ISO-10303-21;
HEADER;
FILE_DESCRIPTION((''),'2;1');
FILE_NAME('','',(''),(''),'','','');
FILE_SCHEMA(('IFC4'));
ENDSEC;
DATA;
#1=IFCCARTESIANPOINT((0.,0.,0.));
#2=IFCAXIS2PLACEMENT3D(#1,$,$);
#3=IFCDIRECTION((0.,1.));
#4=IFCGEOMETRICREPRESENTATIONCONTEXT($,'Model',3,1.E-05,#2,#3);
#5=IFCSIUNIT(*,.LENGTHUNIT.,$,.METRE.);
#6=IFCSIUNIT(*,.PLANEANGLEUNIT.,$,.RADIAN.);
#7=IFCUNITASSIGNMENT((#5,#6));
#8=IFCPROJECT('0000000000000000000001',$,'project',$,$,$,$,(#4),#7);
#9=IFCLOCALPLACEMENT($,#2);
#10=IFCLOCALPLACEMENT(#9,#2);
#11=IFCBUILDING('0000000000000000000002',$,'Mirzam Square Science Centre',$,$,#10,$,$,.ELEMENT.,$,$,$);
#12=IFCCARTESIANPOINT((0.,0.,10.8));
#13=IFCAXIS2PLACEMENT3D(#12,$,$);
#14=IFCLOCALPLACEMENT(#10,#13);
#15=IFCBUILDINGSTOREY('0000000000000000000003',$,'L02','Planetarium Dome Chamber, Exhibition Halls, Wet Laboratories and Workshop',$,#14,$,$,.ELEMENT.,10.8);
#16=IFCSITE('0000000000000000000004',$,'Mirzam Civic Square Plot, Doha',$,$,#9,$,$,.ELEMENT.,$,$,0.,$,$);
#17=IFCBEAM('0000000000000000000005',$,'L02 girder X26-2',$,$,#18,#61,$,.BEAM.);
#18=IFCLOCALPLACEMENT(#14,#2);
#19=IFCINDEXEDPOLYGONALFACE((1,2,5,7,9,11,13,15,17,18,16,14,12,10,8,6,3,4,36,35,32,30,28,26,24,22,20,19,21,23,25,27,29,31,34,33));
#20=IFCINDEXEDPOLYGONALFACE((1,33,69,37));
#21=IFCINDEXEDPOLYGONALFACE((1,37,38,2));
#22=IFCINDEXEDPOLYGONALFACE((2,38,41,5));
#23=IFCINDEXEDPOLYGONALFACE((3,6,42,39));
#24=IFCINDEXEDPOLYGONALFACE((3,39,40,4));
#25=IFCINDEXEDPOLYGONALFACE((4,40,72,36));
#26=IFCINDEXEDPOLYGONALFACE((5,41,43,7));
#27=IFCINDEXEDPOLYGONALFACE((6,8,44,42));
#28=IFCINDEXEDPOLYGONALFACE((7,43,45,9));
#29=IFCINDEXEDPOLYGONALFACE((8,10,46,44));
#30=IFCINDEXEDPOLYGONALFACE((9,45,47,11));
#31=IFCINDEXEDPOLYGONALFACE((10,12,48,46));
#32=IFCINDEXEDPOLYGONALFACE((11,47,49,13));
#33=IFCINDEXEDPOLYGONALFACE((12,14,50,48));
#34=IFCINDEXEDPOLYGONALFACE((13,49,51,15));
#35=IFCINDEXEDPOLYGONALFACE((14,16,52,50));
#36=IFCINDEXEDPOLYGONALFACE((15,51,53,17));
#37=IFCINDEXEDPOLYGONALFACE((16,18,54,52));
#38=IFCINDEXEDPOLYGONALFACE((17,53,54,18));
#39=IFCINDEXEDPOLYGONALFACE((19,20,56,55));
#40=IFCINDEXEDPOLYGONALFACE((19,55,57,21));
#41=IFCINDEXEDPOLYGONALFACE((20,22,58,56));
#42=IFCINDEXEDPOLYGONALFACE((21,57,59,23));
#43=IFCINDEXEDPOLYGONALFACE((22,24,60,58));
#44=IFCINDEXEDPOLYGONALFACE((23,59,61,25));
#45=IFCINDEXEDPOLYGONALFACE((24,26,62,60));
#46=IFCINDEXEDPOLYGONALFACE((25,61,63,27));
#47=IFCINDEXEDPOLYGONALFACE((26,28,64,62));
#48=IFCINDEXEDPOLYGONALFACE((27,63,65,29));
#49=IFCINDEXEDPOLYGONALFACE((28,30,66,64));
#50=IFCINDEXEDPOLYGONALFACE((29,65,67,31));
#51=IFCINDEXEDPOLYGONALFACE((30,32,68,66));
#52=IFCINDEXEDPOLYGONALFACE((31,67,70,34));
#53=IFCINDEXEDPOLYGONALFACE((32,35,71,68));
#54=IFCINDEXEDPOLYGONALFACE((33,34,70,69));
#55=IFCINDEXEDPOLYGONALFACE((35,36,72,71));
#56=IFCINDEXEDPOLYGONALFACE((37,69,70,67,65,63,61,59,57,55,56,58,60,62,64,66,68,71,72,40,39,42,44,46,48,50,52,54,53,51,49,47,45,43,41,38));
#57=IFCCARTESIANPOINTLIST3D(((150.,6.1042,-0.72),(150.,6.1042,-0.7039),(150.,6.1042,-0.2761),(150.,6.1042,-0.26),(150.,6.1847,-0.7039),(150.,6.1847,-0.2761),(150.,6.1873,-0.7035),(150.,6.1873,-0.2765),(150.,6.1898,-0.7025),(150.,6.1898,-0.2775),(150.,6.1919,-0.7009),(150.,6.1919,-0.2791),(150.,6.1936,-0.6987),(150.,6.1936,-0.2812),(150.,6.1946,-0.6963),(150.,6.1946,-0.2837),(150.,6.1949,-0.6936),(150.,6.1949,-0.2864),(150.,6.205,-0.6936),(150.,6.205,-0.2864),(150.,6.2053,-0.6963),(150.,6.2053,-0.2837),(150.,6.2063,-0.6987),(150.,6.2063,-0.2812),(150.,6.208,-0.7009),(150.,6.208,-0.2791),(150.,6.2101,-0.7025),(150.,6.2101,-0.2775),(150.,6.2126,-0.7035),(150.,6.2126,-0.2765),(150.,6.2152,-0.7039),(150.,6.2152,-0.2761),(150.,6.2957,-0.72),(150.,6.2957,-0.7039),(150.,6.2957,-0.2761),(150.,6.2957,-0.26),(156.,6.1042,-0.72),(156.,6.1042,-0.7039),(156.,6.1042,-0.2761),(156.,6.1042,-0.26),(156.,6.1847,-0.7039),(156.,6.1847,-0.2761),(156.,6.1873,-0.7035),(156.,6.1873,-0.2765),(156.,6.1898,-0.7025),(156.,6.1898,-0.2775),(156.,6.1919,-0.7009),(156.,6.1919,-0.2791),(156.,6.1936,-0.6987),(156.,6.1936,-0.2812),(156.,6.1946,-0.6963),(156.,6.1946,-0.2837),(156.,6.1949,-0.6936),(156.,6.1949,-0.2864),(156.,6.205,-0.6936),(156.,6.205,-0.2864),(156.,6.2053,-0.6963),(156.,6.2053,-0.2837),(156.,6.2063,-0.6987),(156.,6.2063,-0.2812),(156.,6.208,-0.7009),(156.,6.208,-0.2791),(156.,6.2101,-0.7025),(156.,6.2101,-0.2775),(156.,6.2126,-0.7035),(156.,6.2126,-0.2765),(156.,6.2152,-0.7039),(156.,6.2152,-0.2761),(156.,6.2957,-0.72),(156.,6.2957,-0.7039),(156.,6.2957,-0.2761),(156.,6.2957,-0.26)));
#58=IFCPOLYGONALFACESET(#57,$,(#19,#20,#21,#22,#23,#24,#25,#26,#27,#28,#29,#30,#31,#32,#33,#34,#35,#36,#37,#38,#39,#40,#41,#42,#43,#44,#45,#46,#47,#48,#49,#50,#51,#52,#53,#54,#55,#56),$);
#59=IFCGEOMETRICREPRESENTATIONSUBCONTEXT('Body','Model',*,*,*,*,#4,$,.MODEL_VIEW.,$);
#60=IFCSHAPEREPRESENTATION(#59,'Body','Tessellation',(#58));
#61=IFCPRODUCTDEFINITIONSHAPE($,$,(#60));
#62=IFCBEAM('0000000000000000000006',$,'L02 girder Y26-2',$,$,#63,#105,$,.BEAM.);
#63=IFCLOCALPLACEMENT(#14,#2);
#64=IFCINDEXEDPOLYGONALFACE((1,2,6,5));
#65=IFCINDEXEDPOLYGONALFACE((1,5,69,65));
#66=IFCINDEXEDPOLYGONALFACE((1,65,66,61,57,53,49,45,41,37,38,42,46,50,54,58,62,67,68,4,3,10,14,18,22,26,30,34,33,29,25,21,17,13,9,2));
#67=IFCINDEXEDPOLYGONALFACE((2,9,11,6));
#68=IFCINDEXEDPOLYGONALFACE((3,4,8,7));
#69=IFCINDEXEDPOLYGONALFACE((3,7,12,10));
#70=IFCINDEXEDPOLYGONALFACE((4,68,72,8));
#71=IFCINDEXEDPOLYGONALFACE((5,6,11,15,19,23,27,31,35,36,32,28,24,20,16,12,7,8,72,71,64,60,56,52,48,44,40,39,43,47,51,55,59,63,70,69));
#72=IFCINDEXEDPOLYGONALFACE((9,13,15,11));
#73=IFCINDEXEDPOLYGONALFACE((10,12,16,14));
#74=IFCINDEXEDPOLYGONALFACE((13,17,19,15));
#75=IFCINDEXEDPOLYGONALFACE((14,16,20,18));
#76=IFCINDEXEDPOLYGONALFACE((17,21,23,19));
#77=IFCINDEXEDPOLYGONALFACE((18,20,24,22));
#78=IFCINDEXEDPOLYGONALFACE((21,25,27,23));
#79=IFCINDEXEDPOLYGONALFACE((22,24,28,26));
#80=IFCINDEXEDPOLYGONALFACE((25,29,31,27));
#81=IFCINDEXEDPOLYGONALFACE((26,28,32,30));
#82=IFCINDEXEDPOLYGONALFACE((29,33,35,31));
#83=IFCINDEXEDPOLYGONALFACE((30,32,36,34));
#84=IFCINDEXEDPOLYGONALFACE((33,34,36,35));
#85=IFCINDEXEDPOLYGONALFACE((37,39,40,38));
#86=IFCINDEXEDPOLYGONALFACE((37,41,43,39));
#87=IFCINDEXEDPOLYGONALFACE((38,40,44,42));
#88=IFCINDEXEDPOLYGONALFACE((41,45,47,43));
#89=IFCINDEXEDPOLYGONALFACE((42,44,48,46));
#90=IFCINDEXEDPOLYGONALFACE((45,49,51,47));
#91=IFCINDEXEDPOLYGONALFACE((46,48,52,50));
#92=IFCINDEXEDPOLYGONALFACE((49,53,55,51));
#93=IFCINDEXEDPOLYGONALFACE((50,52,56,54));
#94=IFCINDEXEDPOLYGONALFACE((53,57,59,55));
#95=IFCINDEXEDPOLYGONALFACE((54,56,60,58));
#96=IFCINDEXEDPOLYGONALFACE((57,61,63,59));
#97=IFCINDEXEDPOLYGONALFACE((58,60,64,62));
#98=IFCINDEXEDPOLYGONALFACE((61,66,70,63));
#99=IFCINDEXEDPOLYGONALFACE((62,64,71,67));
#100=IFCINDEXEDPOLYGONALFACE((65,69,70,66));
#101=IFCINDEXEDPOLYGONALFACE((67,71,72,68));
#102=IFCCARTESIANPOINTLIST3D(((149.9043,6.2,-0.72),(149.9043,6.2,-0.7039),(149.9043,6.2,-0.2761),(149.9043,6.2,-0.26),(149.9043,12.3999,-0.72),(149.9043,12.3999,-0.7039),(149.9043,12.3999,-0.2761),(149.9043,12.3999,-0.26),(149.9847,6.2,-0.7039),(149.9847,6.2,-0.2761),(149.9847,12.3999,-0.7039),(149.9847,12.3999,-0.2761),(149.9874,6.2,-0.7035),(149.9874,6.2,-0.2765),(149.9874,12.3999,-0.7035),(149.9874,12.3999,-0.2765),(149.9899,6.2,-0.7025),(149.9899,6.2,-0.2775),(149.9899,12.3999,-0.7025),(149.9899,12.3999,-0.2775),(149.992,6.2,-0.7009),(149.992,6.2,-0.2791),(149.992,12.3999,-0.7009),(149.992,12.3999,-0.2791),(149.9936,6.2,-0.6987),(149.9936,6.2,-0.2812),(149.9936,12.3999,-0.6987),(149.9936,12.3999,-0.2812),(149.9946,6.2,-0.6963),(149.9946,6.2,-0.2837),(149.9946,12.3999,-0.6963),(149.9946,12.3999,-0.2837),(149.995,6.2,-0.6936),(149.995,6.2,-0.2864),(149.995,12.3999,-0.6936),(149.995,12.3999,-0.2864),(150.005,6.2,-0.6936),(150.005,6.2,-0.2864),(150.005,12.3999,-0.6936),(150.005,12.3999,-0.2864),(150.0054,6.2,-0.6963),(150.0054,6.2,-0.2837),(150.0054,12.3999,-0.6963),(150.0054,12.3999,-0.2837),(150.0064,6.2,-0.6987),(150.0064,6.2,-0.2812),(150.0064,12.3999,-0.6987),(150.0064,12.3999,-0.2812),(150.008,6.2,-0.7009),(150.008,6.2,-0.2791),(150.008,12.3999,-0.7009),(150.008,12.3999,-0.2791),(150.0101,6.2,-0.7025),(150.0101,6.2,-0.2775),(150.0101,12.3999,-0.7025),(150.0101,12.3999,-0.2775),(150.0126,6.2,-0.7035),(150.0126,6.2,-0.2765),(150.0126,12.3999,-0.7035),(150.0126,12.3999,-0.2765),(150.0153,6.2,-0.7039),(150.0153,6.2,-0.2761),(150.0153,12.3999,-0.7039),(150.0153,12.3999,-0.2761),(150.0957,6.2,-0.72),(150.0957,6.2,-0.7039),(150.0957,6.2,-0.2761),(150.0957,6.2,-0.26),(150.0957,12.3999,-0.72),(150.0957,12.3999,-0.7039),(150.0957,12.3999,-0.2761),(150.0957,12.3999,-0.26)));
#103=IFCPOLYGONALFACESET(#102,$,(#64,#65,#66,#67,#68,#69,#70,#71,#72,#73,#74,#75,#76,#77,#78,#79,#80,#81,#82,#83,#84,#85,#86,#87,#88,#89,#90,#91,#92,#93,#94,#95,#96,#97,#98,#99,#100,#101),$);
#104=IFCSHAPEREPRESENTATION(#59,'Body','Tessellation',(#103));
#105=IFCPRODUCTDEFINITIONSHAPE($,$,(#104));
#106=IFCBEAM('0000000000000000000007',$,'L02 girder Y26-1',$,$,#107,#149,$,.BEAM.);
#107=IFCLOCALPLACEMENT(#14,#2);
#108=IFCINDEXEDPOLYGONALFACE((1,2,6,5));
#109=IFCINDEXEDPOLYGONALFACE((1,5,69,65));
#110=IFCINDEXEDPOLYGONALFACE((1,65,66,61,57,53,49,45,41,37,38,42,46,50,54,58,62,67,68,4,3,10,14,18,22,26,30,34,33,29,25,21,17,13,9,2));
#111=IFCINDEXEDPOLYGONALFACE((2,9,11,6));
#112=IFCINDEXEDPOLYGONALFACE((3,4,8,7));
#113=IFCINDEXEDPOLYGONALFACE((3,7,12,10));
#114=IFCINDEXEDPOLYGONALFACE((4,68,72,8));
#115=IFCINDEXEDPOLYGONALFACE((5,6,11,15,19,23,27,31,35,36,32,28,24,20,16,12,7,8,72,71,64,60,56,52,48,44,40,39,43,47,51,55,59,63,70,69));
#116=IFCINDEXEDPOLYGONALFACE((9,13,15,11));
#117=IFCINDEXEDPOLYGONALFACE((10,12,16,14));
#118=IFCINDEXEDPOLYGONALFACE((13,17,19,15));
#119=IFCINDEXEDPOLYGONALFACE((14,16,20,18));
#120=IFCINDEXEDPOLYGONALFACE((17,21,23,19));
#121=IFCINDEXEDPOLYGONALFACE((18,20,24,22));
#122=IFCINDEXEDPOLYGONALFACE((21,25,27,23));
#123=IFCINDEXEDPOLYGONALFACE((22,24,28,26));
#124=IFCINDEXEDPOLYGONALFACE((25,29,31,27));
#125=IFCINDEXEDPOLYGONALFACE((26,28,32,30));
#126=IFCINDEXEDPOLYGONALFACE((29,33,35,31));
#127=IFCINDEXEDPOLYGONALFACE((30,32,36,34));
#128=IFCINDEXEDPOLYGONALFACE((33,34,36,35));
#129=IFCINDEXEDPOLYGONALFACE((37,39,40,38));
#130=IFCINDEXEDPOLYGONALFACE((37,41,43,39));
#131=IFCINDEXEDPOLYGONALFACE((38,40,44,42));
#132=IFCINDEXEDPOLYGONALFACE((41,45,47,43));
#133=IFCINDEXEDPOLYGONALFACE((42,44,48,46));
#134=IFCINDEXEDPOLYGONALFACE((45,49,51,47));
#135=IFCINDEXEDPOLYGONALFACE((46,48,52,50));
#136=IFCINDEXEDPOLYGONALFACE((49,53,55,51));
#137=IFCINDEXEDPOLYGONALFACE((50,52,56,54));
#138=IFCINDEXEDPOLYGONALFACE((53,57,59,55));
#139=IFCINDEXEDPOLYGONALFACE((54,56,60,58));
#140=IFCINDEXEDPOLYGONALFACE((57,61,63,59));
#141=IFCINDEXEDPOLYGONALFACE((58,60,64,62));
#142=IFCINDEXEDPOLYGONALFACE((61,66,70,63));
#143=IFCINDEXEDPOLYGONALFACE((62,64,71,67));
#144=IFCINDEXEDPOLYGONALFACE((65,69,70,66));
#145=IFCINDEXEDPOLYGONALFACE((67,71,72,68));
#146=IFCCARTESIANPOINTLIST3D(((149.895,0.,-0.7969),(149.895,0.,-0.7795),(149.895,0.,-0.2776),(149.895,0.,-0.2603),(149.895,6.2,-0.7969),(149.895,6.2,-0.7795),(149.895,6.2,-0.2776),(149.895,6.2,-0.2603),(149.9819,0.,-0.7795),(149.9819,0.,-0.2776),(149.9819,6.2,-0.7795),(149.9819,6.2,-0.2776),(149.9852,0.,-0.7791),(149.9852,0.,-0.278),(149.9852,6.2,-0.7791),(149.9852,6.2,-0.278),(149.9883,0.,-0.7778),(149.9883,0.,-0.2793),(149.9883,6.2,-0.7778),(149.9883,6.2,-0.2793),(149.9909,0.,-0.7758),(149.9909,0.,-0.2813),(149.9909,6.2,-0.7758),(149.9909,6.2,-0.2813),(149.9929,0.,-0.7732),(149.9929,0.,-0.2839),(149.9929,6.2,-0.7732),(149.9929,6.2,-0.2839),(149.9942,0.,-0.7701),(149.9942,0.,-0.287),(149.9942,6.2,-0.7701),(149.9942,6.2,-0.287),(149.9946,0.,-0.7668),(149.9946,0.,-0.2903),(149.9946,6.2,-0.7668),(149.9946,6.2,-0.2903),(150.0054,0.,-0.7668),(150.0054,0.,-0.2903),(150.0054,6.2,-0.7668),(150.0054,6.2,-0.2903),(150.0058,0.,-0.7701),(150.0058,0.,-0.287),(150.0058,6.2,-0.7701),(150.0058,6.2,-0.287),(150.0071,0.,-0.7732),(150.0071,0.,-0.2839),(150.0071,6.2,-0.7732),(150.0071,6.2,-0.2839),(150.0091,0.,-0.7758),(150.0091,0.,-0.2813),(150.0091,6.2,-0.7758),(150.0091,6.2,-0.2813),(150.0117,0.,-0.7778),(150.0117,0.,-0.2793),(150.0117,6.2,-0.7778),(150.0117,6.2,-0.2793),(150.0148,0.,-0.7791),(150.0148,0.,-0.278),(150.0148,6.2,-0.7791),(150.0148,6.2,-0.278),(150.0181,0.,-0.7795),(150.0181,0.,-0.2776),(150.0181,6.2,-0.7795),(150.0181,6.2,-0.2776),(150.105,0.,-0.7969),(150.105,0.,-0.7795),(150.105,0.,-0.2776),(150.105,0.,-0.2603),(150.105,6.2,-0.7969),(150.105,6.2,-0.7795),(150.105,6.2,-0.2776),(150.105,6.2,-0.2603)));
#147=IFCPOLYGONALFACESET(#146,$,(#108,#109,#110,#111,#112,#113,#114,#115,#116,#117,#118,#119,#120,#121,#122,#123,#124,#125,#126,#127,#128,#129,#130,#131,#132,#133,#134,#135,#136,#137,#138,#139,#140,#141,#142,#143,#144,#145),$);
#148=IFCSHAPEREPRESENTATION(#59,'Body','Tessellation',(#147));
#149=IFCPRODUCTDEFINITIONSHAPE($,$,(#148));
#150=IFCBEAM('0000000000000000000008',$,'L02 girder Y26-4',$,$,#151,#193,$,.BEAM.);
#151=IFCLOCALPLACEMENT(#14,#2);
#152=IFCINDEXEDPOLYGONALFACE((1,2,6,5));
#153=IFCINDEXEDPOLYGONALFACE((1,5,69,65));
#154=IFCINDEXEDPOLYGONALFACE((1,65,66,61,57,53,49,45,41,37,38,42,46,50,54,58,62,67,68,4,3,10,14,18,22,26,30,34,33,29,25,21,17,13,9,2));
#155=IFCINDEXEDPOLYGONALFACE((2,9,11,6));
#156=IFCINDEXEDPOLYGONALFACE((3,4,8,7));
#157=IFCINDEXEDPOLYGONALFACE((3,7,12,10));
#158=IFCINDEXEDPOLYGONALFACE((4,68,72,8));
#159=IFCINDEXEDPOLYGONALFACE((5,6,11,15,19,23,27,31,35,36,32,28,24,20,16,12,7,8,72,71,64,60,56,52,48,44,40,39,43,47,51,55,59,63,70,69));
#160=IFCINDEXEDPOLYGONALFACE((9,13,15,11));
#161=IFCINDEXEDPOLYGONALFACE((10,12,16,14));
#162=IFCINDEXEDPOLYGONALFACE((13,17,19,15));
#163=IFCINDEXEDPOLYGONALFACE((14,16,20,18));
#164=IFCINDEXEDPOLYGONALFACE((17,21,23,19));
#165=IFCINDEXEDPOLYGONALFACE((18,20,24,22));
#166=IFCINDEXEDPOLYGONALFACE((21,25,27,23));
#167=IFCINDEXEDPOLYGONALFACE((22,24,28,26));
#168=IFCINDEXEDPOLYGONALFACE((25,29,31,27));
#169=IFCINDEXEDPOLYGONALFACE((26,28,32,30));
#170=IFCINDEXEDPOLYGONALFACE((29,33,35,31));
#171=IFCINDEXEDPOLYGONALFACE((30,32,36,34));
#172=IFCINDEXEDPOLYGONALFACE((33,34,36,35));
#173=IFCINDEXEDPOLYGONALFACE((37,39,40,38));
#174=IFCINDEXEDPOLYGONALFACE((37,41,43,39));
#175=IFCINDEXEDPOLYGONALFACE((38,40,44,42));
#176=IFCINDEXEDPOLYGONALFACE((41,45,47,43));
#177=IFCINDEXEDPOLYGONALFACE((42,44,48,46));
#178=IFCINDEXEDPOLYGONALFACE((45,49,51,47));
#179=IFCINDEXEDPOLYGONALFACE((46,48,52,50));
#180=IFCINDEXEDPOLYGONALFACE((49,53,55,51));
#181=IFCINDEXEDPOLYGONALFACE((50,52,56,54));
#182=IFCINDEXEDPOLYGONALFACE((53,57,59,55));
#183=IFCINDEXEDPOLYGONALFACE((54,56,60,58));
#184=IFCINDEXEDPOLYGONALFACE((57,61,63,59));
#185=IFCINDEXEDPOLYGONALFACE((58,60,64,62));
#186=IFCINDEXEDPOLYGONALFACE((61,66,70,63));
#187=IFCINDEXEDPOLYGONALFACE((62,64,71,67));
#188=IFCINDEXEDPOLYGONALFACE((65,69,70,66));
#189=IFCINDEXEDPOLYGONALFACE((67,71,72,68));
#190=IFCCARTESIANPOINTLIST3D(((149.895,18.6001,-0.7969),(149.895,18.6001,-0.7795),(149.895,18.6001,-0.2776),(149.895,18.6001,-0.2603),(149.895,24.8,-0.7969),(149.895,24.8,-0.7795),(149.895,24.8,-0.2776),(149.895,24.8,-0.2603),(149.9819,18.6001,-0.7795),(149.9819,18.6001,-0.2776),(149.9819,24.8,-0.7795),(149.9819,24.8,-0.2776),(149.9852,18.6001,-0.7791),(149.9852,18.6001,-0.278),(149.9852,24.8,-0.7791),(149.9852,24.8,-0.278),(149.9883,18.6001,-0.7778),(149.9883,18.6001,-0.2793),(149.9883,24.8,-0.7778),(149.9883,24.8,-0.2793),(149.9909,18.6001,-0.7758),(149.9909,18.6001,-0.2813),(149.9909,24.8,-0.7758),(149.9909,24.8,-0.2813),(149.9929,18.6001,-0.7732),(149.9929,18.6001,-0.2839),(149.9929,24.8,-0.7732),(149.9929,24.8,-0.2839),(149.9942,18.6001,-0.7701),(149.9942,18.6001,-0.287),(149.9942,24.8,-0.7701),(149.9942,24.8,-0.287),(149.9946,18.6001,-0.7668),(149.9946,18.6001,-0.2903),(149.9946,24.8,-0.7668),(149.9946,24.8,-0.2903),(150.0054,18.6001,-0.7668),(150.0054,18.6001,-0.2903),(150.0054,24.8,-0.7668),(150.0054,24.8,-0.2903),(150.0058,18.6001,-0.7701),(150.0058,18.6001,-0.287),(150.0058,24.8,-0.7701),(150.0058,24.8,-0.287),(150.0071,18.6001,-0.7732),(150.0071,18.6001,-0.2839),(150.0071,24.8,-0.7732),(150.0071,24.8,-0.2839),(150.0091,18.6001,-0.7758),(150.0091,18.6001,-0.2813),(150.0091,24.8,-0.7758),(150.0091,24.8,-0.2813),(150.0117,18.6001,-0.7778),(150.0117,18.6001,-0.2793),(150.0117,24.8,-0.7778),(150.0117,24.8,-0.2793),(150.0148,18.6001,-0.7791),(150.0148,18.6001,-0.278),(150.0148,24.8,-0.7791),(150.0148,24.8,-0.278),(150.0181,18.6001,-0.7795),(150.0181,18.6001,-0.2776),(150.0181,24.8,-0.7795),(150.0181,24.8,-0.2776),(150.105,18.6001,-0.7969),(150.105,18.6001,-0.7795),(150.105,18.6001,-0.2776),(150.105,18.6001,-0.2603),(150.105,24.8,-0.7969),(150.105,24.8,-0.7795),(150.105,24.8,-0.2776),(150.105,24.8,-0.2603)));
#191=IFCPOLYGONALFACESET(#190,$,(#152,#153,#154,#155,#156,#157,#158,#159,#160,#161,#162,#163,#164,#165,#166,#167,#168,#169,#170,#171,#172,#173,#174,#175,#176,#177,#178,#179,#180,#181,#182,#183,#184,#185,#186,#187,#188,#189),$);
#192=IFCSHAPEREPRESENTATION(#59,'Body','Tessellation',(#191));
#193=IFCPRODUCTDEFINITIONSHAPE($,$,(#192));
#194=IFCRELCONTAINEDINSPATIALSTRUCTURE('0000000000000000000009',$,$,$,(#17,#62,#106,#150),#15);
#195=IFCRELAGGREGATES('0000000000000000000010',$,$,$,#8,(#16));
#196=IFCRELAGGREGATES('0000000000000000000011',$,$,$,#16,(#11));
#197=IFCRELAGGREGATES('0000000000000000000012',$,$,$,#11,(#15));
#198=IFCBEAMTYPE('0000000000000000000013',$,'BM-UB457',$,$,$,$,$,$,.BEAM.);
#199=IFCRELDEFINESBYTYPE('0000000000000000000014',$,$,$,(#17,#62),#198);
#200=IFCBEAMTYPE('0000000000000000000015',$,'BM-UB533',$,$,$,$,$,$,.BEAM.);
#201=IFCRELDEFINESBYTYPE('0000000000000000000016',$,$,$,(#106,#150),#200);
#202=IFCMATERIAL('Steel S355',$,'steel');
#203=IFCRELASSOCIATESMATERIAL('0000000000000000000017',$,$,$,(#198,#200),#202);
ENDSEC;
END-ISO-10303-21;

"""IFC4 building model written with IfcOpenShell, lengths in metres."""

from ifc_helpers import new_model, si_unit, direction, frame, origin, origin_2d, place, context, subcontext, project, spatial, i_section, extrude, material, material_profile, profile_set, type_object, element, save


model = new_model("IFC4")

# Units and contexts
model_context = context("Model", 3, precision=1e-05, world=origin(), true_north=direction((0.0, 1.0)))
body_context = subcontext(model_context, "Body", "Model", "MODEL_VIEW")
ifc_project = project(units=[si_unit("LENGTHUNIT", "METRE"), si_unit("PLANEANGLEUNIT", "RADIAN")], contexts=[model_context])

# Site, building, storey
site_placement = place(None, origin())
site = spatial("IfcSite", under=ifc_project, at=site_placement, Name="Mirzam Civic Square Plot, Doha", CompositionType="ELEMENT", RefElevation=0.0)
building_placement = place(site_placement, origin())
building = spatial("IfcBuilding", under=site, at=building_placement, Name="Mirzam Square Science Centre", CompositionType="ELEMENT")
storey_placement = place(building_placement, frame((0.0, 0.0, 10.8)))
storey = spatial("IfcBuildingStorey", under=building, at=storey_placement, Name="L02", Description="Planetarium Dome Chamber, Exhibition Halls, Wet Laboratories and Workshop", CompositionType="ELEMENT", Elevation=10.8)

# Shared definitions
ifc_material_1 = material(Name="Steel S355", Category="steel")

# Beams
ifc_material_profile_1 = material_profile(ifc_material_1, i_section(OverallWidth=0.1914, OverallDepth=0.46, WebThickness=0.01, FlangeThickness=0.0161, FilletRadius=0.0103, at=origin_2d()), Name="457x191x82UB")
ifc_profile_set_1 = profile_set([ifc_material_profile_1], Name="Steel S355")
beam_type_1 = type_object("IfcBeamType", Name="BM-UB457", PredefinedType="BEAM", material=ifc_profile_set_1)
beam_1_placement = place(storey_placement, frame((150.0, 6.2, -0.49), z_axis=(1.0, 0.0, 0.0), x_axis=(0.0, 1.0, 0.0)))
element("IfcBeam", 1, at=beam_1_placement, inside=storey, type_object=beam_type_1, Name="L02 girder X26-2", PredefinedType="BEAM", context=body_context, shape_type="SweptSolid", body=[
    extrude(i_section(OverallWidth=0.1914, OverallDepth=0.46, WebThickness=0.01, FlangeThickness=0.0161, FilletRadius=0.0103, at=origin_2d()), origin(), (0.0, 0.0, 1.0), 6.0),
])
beam_2_placement = place(storey_placement, frame((150.0, 6.2, -0.49), z_axis=(0.0, 1.0, 0.0), x_axis=(-1.0, 0.0, 0.0)))
element("IfcBeam", 2, at=beam_2_placement, inside=storey, type_object=beam_type_1, Name="L02 girder Y26-2", PredefinedType="BEAM", context=body_context, shape_type="SweptSolid", body=[
    extrude(i_section(OverallWidth=0.1914, OverallDepth=0.46, WebThickness=0.01, FlangeThickness=0.0161, FilletRadius=0.0103, at=origin_2d()), origin(), (0.0, 0.0, 1.0), 6.2),
])
ifc_material_profile_2 = material_profile(ifc_material_1, i_section(OverallWidth=0.21, OverallDepth=0.5366, WebThickness=0.0107, FlangeThickness=0.0173, FilletRadius=0.0127, at=origin_2d()), Name="533x210x101UB")
ifc_profile_set_2 = profile_set([ifc_material_profile_2], Name="Steel S355")
beam_type_2 = type_object("IfcBeamType", Name="BM-UB533", PredefinedType="BEAM", material=ifc_profile_set_2)
for number, where, z_axis, x_axis, name in (
    (3, (150.0, 0.0, -0.5286), (0.0, 1.0, 0.0), (-1.0, 0.0, 0.0), "L02 girder Y26-1"),
    (4, (150.0, 18.6001, -0.5286), (0.0, 1.0, 0.0), (-1.0, 0.0, 0.0), "L02 girder Y26-4"),
):
    element("IfcBeam", number, at=place(storey_placement, frame(where, z_axis=z_axis, x_axis=x_axis)), inside=storey, type_object=beam_type_2, Name=name, PredefinedType="BEAM", context=body_context, shape_type="SweptSolid", body=[
        extrude(i_section(OverallWidth=0.21, OverallDepth=0.5366, WebThickness=0.0107, FlangeThickness=0.0173, FilletRadius=0.0127, at=origin_2d()), origin(), (0.0, 0.0, 1.0), 6.2),
    ])

save(model, "model.ifc")
